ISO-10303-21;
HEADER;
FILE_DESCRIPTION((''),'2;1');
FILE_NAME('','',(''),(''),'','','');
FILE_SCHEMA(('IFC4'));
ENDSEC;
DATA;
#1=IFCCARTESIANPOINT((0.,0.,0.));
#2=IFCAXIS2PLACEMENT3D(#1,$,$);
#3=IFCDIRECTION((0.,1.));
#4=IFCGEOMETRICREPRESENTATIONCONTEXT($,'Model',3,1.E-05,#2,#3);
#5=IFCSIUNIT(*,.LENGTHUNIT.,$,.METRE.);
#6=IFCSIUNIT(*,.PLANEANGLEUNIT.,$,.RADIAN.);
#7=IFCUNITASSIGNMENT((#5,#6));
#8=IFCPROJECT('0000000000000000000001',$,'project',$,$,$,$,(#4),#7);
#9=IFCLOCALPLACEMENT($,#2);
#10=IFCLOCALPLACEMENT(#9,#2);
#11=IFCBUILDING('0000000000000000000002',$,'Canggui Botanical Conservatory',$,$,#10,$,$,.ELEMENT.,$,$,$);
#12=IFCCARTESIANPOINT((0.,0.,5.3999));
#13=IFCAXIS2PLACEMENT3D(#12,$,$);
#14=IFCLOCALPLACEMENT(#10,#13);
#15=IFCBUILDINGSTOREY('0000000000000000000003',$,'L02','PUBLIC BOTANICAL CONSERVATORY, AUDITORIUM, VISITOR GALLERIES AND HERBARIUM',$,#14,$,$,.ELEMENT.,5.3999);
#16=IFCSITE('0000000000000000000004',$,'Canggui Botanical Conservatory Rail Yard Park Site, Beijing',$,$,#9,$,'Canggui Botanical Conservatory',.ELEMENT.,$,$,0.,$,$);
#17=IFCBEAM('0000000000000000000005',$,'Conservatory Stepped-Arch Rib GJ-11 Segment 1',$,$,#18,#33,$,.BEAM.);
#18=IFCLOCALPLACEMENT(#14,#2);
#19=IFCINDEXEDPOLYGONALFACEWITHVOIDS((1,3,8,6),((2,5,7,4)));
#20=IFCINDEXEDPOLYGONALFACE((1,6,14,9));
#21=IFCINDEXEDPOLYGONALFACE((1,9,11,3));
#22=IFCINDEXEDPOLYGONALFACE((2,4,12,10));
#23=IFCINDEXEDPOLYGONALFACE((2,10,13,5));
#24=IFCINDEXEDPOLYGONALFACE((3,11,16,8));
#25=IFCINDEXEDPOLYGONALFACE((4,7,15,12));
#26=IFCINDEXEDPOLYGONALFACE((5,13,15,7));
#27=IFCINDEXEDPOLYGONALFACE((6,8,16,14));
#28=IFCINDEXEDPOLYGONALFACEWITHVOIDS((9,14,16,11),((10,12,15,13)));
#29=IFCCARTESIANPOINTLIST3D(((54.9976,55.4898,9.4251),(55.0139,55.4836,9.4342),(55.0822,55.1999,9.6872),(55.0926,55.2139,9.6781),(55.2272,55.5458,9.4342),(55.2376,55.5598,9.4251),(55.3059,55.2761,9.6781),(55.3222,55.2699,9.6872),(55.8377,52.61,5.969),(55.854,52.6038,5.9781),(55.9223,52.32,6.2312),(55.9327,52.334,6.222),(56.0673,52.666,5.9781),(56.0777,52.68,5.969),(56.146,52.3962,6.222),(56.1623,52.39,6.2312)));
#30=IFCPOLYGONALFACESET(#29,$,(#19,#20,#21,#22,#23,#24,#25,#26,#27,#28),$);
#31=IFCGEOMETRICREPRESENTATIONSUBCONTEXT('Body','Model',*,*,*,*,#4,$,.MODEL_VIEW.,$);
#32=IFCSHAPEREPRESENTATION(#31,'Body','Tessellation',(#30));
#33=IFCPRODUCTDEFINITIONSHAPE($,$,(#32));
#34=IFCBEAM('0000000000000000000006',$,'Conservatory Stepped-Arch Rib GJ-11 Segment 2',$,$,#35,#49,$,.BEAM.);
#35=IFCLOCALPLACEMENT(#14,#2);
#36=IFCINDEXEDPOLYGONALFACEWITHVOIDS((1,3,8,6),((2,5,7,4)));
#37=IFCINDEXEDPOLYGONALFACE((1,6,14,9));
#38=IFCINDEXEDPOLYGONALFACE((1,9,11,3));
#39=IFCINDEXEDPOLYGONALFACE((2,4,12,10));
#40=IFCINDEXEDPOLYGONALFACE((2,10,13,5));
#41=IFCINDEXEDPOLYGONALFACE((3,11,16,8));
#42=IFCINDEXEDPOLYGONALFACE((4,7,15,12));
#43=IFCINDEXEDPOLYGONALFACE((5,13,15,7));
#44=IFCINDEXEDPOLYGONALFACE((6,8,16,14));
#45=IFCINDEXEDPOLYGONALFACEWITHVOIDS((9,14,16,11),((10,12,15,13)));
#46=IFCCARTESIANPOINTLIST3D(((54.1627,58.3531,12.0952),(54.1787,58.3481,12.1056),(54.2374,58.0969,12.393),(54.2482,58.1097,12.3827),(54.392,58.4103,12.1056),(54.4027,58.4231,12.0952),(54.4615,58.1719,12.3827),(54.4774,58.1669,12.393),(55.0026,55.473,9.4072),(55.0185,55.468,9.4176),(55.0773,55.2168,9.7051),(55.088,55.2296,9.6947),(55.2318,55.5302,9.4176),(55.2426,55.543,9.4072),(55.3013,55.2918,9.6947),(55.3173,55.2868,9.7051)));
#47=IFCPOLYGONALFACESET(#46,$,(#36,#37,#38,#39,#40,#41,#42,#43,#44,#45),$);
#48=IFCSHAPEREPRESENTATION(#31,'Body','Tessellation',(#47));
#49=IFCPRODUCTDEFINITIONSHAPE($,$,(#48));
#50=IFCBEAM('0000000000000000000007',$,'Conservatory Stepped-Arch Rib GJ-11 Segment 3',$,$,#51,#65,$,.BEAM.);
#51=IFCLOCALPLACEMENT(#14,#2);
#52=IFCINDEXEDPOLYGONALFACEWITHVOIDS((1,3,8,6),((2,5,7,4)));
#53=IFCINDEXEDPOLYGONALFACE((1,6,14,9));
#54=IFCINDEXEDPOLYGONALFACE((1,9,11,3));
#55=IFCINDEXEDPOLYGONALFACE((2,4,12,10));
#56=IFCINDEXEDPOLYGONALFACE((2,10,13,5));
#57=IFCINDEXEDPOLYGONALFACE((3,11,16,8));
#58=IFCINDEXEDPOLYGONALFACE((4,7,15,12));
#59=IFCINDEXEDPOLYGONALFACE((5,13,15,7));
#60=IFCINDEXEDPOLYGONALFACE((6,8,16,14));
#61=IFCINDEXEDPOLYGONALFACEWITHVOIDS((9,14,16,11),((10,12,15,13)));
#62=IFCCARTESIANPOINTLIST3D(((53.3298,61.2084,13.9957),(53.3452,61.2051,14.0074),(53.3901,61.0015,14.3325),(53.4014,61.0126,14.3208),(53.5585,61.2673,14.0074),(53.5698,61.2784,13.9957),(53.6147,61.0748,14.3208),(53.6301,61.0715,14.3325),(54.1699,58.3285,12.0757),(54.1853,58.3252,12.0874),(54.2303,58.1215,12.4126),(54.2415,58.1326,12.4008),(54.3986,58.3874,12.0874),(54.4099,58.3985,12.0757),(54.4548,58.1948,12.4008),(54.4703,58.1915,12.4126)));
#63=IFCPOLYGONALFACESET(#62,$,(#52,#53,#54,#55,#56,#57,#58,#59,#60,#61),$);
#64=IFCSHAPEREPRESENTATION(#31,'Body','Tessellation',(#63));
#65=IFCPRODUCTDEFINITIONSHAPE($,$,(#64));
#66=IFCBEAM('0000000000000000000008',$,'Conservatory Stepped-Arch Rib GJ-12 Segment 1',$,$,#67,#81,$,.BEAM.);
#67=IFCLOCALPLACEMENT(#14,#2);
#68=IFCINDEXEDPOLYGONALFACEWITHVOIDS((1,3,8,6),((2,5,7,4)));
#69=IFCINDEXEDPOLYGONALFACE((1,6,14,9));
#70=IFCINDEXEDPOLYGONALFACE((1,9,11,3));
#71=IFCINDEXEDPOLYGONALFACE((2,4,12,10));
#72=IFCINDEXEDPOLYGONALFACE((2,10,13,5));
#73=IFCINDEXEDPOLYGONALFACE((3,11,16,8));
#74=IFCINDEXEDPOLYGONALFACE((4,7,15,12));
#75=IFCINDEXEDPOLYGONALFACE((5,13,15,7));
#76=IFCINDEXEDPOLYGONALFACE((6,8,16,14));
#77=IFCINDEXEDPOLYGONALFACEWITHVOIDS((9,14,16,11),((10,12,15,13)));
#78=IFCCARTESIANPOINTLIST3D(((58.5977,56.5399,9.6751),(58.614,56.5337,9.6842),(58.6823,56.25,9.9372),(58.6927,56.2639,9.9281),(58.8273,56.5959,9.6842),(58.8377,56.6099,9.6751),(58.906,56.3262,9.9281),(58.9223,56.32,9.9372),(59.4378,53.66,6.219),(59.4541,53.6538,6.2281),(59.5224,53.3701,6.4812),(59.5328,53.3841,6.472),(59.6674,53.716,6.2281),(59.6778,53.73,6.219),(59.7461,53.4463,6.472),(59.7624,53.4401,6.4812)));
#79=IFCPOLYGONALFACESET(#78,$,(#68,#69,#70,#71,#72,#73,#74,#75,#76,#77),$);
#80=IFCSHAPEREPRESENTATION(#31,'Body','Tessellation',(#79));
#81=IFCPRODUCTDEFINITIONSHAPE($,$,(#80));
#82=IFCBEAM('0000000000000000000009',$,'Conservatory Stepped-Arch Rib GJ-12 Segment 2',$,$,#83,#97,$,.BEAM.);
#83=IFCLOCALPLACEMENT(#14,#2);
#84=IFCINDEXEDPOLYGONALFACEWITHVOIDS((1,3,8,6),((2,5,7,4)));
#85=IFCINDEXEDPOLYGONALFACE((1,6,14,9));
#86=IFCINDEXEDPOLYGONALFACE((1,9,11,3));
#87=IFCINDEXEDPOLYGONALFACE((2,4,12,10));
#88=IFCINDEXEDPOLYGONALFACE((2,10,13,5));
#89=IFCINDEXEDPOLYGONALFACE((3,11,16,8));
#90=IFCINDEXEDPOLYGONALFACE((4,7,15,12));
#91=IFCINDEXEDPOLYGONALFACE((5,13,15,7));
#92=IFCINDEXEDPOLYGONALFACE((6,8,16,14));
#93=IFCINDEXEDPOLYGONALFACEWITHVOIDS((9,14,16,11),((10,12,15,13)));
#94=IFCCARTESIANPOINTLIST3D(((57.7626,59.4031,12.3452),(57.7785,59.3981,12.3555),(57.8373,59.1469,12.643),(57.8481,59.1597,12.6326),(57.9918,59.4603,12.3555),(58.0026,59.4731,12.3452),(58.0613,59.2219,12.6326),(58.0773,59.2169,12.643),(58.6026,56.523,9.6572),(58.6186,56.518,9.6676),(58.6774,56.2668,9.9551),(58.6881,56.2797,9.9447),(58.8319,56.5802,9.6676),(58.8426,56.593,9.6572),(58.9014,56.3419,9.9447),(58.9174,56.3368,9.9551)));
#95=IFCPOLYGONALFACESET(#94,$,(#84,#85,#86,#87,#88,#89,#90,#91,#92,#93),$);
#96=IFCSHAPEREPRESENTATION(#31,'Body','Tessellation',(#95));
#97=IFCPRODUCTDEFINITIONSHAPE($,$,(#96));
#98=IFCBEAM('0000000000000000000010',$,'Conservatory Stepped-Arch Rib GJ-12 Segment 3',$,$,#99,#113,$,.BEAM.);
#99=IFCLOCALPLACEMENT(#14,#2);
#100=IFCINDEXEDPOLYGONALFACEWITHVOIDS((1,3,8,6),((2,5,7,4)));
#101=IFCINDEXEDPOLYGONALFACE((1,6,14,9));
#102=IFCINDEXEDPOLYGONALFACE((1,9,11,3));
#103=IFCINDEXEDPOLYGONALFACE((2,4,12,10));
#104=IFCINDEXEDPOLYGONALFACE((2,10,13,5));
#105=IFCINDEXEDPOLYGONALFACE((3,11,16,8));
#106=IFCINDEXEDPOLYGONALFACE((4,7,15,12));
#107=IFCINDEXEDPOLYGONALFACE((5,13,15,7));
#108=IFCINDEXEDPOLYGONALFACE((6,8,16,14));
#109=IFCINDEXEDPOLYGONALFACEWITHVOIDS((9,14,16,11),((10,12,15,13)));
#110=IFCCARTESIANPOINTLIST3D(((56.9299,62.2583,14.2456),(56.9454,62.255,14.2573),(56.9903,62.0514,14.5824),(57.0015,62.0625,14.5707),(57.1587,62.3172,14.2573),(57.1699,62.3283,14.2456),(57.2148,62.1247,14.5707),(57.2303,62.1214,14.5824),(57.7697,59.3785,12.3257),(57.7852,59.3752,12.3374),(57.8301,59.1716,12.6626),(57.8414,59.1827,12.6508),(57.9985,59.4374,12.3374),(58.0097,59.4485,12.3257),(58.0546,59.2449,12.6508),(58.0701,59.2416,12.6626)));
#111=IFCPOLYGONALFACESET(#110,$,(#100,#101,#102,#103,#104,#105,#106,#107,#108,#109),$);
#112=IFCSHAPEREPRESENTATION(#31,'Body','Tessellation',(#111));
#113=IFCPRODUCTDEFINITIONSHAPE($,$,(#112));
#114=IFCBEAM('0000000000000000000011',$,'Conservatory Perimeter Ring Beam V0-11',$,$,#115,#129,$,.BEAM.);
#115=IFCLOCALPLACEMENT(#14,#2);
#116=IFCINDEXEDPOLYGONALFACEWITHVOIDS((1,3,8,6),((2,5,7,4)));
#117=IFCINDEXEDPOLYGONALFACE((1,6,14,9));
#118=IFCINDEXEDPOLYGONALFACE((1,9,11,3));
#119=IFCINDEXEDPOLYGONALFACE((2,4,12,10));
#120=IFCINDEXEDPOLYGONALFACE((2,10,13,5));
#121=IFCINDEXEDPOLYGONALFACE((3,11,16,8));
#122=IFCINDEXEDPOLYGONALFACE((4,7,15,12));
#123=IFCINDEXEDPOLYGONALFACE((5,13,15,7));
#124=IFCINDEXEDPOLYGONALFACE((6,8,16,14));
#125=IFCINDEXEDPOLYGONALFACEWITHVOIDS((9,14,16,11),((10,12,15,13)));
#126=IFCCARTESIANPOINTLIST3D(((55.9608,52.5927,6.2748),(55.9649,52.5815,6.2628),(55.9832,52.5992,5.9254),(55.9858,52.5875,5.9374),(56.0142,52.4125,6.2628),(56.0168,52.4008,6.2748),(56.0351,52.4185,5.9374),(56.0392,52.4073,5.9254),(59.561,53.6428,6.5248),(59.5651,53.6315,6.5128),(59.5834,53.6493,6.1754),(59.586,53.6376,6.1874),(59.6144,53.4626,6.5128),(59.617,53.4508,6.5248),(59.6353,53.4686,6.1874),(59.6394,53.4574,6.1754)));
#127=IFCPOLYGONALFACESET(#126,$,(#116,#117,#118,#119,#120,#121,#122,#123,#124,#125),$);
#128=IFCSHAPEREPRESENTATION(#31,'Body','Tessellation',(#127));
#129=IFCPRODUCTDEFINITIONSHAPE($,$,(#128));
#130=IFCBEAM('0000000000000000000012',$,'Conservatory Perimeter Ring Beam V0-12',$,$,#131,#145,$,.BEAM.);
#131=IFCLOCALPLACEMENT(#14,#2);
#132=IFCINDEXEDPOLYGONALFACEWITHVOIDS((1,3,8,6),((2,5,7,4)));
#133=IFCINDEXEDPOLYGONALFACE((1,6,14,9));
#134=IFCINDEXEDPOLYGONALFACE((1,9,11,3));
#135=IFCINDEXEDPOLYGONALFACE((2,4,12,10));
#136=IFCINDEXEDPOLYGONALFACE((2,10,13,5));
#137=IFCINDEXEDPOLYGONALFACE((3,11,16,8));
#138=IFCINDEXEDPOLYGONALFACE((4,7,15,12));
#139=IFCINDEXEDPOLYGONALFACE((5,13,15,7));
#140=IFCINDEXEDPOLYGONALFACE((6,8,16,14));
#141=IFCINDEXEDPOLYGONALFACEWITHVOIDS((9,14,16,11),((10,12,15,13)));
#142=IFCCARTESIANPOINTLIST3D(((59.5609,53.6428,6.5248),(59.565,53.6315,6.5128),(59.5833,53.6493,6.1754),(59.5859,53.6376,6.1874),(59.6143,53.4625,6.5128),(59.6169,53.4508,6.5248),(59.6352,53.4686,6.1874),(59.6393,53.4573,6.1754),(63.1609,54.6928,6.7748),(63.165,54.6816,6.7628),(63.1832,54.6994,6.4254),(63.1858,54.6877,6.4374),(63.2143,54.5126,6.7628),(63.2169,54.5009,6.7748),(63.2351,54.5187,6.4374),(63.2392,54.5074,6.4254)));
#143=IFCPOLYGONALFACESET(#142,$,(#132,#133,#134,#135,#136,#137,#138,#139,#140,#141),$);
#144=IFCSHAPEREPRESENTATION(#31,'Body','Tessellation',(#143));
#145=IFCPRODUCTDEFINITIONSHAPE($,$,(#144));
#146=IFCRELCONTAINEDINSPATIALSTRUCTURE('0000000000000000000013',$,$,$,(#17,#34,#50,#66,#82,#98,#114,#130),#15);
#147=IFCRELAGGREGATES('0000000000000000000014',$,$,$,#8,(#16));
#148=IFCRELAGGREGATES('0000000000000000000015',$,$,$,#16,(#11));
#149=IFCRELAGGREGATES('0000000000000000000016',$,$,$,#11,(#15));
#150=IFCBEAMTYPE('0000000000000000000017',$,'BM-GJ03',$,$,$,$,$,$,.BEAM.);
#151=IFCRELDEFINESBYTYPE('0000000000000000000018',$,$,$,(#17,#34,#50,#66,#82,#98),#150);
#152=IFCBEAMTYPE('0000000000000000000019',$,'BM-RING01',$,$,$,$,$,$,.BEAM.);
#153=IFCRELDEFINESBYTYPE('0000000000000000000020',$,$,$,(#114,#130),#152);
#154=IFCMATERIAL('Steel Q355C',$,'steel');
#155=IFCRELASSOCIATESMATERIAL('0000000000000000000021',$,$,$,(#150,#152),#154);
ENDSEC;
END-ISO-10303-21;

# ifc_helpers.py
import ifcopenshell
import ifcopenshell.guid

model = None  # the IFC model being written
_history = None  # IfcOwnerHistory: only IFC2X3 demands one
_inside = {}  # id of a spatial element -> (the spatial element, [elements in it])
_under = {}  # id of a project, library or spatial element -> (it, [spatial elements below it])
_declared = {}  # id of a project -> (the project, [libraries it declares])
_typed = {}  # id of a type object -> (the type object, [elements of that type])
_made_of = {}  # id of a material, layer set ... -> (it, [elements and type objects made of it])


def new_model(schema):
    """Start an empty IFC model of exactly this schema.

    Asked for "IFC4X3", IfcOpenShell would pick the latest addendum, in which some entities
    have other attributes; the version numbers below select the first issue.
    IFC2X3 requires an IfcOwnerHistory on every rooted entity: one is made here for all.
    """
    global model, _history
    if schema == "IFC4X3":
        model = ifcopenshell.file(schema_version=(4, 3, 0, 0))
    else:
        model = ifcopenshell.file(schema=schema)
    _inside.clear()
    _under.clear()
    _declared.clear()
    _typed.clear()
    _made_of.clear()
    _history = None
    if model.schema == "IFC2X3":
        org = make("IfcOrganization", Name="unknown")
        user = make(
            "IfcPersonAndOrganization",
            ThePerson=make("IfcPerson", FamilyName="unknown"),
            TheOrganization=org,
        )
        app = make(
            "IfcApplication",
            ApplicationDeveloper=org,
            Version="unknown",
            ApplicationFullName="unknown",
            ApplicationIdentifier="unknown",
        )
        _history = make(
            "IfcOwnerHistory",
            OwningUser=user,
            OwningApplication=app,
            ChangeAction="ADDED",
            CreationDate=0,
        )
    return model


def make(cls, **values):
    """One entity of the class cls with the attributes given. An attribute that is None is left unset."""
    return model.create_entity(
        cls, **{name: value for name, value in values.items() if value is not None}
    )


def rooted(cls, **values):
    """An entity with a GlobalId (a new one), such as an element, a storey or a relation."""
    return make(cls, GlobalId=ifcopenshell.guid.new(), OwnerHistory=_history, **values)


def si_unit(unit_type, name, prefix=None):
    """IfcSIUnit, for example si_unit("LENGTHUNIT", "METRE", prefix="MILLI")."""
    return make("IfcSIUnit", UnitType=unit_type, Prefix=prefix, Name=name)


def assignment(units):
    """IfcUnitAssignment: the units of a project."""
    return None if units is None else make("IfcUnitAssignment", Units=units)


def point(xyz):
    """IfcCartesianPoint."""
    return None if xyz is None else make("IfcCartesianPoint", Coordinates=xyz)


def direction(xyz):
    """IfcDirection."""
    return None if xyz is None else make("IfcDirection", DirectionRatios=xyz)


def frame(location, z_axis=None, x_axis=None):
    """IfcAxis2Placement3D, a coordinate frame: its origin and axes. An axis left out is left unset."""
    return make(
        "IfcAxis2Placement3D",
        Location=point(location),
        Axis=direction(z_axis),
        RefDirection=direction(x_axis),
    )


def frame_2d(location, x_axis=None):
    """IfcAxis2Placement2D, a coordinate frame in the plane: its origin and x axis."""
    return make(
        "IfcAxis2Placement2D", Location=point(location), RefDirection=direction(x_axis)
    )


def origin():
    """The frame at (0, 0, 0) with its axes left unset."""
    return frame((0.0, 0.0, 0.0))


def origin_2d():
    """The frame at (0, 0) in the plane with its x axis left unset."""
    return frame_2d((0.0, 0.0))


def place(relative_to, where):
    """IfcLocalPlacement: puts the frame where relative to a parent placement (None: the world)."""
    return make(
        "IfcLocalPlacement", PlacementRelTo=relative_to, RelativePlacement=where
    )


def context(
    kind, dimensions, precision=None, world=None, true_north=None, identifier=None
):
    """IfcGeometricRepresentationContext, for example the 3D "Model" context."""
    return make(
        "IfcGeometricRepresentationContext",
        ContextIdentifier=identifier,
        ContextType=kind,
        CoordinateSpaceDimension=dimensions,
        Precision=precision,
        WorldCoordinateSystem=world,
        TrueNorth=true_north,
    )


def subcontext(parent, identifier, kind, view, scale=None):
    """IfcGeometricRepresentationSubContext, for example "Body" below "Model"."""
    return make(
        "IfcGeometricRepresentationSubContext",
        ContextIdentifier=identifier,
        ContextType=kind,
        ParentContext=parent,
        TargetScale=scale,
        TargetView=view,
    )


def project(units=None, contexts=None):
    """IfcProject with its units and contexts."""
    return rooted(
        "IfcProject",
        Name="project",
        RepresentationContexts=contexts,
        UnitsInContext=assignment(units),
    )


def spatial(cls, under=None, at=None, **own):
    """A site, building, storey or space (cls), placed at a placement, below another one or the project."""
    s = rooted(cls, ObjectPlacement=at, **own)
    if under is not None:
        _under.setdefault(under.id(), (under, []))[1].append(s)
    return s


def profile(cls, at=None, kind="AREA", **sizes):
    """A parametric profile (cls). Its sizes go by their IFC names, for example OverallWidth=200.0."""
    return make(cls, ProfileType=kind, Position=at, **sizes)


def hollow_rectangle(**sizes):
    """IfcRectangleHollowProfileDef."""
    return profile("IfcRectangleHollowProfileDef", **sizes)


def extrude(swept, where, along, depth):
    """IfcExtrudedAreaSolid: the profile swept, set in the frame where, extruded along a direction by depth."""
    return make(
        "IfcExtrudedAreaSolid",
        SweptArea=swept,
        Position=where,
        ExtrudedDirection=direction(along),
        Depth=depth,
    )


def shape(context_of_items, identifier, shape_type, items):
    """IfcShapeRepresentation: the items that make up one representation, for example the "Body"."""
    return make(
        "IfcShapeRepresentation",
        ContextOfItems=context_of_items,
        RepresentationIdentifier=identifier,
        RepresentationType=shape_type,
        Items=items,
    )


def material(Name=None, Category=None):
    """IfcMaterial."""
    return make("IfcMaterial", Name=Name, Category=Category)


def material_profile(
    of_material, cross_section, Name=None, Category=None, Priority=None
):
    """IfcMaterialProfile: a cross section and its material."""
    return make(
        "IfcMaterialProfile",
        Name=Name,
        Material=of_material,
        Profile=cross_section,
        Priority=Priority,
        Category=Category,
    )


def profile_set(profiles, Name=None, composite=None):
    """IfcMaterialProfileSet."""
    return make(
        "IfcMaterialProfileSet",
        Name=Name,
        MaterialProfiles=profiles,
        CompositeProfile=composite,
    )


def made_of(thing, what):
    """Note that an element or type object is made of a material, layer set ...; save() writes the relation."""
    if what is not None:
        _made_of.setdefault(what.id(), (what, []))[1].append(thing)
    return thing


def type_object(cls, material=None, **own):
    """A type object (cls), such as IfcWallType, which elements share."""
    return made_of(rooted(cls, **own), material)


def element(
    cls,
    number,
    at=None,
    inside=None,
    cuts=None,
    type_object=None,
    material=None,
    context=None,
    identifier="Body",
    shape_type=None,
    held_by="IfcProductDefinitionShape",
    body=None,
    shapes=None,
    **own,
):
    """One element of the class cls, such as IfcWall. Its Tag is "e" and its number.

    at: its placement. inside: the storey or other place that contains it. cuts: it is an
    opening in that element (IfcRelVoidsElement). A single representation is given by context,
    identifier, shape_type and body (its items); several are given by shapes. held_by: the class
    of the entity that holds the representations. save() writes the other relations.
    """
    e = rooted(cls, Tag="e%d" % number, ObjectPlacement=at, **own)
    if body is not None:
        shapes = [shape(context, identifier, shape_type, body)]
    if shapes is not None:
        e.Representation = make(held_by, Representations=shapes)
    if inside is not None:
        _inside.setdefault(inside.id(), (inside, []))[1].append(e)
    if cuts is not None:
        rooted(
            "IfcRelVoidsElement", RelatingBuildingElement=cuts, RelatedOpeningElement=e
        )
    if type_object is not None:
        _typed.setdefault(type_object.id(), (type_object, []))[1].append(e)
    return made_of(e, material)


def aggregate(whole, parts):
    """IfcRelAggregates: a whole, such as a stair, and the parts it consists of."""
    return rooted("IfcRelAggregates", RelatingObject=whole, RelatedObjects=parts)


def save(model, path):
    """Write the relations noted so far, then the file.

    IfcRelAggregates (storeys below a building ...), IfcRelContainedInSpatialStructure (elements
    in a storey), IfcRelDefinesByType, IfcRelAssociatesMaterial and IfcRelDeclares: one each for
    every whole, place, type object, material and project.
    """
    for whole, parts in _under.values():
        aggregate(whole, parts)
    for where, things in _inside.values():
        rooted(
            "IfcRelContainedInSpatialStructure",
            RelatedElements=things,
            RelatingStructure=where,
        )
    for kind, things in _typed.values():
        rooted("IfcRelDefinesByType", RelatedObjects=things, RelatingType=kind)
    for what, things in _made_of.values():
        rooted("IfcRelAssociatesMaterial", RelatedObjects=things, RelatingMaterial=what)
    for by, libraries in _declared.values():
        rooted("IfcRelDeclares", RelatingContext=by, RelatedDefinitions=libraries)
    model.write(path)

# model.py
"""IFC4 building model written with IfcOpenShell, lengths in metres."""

from ifc_helpers import new_model, si_unit, direction, frame, origin, origin_2d, place, context, subcontext, project, spatial, hollow_rectangle, extrude, material, material_profile, profile_set, type_object, element, save


model = new_model("IFC4")

# Units and contexts
model_context = context("Model", 3, precision=1e-05, world=origin(), true_north=direction((0.0, 1.0)))
body_context = subcontext(model_context, "Body", "Model", "MODEL_VIEW")
ifc_project = project(units=[si_unit("LENGTHUNIT", "METRE"), si_unit("PLANEANGLEUNIT", "RADIAN")], contexts=[model_context])

# Site, building, storey
site_placement = place(None, origin())
site = spatial("IfcSite", under=ifc_project, at=site_placement, Name="Canggui Botanical Conservatory Rail Yard Park Site, Beijing", LongName="Canggui Botanical Conservatory", CompositionType="ELEMENT", RefElevation=0.0)
building_placement = place(site_placement, origin())
building = spatial("IfcBuilding", under=site, at=building_placement, Name="Canggui Botanical Conservatory", CompositionType="ELEMENT")
storey_placement = place(building_placement, frame((0.0, 0.0, 5.3999)))
storey = spatial("IfcBuildingStorey", under=building, at=storey_placement, Name="L02", Description="PUBLIC BOTANICAL CONSERVATORY, AUDITORIUM, VISITOR GALLERIES AND HERBARIUM", CompositionType="ELEMENT", Elevation=5.3999)

# Beams
ifc_material_1 = material(Name="Steel Q355C", Category="steel")
ifc_material_profile_1 = material_profile(ifc_material_1, hollow_rectangle(XDim=0.25, YDim=0.3999, WallThickness=0.0139, at=origin_2d()), Name="RHS 250x400x14")
ifc_profile_set_1 = profile_set([ifc_material_profile_1], Name="Steel Q355C")
beam_type_1 = type_object("IfcBeamType", Name="BM-GJ03", PredefinedType="BEAM", material=ifc_profile_set_1)
beam_1_placement = place(storey_placement, frame((56.0, 52.5, 6.1001), z_axis=(-0.183568, 0.629285, 0.755184), x_axis=(-0.959989, -0.280038, 0.0)))
element("IfcBeam", 1, at=beam_1_placement, inside=storey, type_object=beam_type_1, Name="Conservatory Stepped-Arch Rib GJ-11 Segment 1", PredefinedType="BEAM", context=body_context, shape_type="SweptSolid", body=[
    extrude(hollow_rectangle(XDim=0.25, YDim=0.3999, WallThickness=0.0139, at=origin_2d()), origin(), (0.0, 0.0, 1.0), 4.5764),
])
beam_2_placement = place(storey_placement, frame((55.1599, 55.3799, 9.5562), z_axis=(-0.208495, 0.715005, 0.667306), x_axis=(-0.960017, -0.279941, 0.0)))
element("IfcBeam", 2, at=beam_2_placement, inside=storey, type_object=beam_type_1, Name="Conservatory Stepped-Arch Rib GJ-11 Segment 2", PredefinedType="BEAM", context=body_context, shape_type="SweptSolid", body=[
    extrude(hollow_rectangle(XDim=0.25, YDim=0.3999, WallThickness=0.0139, at=origin_2d()), origin(), (0.0, 0.0, 1.0), 4.0281),
])
beam_3_placement = place(storey_placement, frame((54.3201, 58.26, 12.2441), z_axis=(-0.235868, 0.808574, 0.539049), x_axis=(-0.959989, -0.280038, 0.0)))
element("IfcBeam", 3, at=beam_3_placement, inside=storey, type_object=beam_type_1, Name="Conservatory Stepped-Arch Rib GJ-11 Segment 3", PredefinedType="BEAM", context=body_context, shape_type="SweptSolid", body=[
    extrude(hollow_rectangle(XDim=0.25, YDim=0.3999, WallThickness=0.0139, at=origin_2d()), origin(), (0.0, 0.0, 1.0), 3.5618),
])
beam_4_placement = place(storey_placement, frame((59.6001, 53.55, 6.3501), z_axis=(-0.183568, 0.629285, 0.755184), x_axis=(-0.959989, -0.280038, 0.0)))
element("IfcBeam", 4, at=beam_4_placement, inside=storey, type_object=beam_type_1, Name="Conservatory Stepped-Arch Rib GJ-12 Segment 1", PredefinedType="BEAM", context=body_context, shape_type="SweptSolid", body=[
    extrude(hollow_rectangle(XDim=0.25, YDim=0.3999, WallThickness=0.0139, at=origin_2d()), origin(), (0.0, 0.0, 1.0), 4.5764),
])
beam_5_placement = place(storey_placement, frame((58.76, 56.4299, 9.8062), z_axis=(-0.208553, 0.714996, 0.667297), x_axis=(-0.959995, -0.280016, 0.0)))
element("IfcBeam", 5, at=beam_5_placement, inside=storey, type_object=beam_type_1, Name="Conservatory Stepped-Arch Rib GJ-12 Segment 2", PredefinedType="BEAM", context=body_context, shape_type="SweptSolid", body=[
    extrude(hollow_rectangle(XDim=0.25, YDim=0.3999, WallThickness=0.0139, at=origin_2d()), origin(), (0.0, 0.0, 1.0), 4.0281),
])
beam_6_placement = place(storey_placement, frame((57.9199, 59.3101, 12.4941), z_axis=(-0.235804, 0.808587, 0.539058), x_axis=(-0.960011, -0.279962, 0.0)))
element("IfcBeam", 6, at=beam_6_placement, inside=storey, type_object=beam_type_1, Name="Conservatory Stepped-Arch Rib GJ-12 Segment 3", PredefinedType="BEAM", context=body_context, shape_type="SweptSolid", body=[
    extrude(hollow_rectangle(XDim=0.25, YDim=0.3999, WallThickness=0.0139, at=origin_2d()), origin(), (0.0, 0.0, 1.0), 3.5615),
])
ifc_material_profile_2 = material_profile(ifc_material_1, hollow_rectangle(XDim=0.2, YDim=0.3501, WallThickness=0.012, at=origin_2d()), Name="RHS 200x350x12")
ifc_profile_set_2 = profile_set([ifc_material_profile_2], Name="Steel Q355C")
beam_type_2 = type_object("IfcBeamType", Name="BM-RING01", PredefinedType="BEAM", material=ifc_profile_set_2)
beam_7_placement = place(storey_placement, frame((56.0, 52.5, 6.1001), z_axis=(0.957872, 0.279385, 0.066517), x_axis=(-0.280005, 0.959999, 0.0)))
element("IfcBeam", 7, at=beam_7_placement, inside=storey, type_object=beam_type_2, Name="Conservatory Perimeter Ring Beam V0-11", PredefinedType="BEAM", context=body_context, shape_type="SweptSolid", body=[
    extrude(hollow_rectangle(XDim=0.2, YDim=0.3501, WallThickness=0.012, at=origin_2d()), origin(), (0.0, 0.0, 1.0), 3.7585),
])
beam_8_placement = place(storey_placement, frame((59.6001, 53.55, 6.3501), z_axis=(0.957867, 0.279402, 0.066521), x_axis=(-0.280023, 0.959993, 0.0)))
element("IfcBeam", 8, at=beam_8_placement, inside=storey, type_object=beam_type_2, Name="Conservatory Perimeter Ring Beam V0-12", PredefinedType="BEAM", context=body_context, shape_type="SweptSolid", body=[
    extrude(hollow_rectangle(XDim=0.2, YDim=0.3501, WallThickness=0.012, at=origin_2d()), origin(), (0.0, 0.0, 1.0), 3.7583),
])

save(model, "model.ifc")
